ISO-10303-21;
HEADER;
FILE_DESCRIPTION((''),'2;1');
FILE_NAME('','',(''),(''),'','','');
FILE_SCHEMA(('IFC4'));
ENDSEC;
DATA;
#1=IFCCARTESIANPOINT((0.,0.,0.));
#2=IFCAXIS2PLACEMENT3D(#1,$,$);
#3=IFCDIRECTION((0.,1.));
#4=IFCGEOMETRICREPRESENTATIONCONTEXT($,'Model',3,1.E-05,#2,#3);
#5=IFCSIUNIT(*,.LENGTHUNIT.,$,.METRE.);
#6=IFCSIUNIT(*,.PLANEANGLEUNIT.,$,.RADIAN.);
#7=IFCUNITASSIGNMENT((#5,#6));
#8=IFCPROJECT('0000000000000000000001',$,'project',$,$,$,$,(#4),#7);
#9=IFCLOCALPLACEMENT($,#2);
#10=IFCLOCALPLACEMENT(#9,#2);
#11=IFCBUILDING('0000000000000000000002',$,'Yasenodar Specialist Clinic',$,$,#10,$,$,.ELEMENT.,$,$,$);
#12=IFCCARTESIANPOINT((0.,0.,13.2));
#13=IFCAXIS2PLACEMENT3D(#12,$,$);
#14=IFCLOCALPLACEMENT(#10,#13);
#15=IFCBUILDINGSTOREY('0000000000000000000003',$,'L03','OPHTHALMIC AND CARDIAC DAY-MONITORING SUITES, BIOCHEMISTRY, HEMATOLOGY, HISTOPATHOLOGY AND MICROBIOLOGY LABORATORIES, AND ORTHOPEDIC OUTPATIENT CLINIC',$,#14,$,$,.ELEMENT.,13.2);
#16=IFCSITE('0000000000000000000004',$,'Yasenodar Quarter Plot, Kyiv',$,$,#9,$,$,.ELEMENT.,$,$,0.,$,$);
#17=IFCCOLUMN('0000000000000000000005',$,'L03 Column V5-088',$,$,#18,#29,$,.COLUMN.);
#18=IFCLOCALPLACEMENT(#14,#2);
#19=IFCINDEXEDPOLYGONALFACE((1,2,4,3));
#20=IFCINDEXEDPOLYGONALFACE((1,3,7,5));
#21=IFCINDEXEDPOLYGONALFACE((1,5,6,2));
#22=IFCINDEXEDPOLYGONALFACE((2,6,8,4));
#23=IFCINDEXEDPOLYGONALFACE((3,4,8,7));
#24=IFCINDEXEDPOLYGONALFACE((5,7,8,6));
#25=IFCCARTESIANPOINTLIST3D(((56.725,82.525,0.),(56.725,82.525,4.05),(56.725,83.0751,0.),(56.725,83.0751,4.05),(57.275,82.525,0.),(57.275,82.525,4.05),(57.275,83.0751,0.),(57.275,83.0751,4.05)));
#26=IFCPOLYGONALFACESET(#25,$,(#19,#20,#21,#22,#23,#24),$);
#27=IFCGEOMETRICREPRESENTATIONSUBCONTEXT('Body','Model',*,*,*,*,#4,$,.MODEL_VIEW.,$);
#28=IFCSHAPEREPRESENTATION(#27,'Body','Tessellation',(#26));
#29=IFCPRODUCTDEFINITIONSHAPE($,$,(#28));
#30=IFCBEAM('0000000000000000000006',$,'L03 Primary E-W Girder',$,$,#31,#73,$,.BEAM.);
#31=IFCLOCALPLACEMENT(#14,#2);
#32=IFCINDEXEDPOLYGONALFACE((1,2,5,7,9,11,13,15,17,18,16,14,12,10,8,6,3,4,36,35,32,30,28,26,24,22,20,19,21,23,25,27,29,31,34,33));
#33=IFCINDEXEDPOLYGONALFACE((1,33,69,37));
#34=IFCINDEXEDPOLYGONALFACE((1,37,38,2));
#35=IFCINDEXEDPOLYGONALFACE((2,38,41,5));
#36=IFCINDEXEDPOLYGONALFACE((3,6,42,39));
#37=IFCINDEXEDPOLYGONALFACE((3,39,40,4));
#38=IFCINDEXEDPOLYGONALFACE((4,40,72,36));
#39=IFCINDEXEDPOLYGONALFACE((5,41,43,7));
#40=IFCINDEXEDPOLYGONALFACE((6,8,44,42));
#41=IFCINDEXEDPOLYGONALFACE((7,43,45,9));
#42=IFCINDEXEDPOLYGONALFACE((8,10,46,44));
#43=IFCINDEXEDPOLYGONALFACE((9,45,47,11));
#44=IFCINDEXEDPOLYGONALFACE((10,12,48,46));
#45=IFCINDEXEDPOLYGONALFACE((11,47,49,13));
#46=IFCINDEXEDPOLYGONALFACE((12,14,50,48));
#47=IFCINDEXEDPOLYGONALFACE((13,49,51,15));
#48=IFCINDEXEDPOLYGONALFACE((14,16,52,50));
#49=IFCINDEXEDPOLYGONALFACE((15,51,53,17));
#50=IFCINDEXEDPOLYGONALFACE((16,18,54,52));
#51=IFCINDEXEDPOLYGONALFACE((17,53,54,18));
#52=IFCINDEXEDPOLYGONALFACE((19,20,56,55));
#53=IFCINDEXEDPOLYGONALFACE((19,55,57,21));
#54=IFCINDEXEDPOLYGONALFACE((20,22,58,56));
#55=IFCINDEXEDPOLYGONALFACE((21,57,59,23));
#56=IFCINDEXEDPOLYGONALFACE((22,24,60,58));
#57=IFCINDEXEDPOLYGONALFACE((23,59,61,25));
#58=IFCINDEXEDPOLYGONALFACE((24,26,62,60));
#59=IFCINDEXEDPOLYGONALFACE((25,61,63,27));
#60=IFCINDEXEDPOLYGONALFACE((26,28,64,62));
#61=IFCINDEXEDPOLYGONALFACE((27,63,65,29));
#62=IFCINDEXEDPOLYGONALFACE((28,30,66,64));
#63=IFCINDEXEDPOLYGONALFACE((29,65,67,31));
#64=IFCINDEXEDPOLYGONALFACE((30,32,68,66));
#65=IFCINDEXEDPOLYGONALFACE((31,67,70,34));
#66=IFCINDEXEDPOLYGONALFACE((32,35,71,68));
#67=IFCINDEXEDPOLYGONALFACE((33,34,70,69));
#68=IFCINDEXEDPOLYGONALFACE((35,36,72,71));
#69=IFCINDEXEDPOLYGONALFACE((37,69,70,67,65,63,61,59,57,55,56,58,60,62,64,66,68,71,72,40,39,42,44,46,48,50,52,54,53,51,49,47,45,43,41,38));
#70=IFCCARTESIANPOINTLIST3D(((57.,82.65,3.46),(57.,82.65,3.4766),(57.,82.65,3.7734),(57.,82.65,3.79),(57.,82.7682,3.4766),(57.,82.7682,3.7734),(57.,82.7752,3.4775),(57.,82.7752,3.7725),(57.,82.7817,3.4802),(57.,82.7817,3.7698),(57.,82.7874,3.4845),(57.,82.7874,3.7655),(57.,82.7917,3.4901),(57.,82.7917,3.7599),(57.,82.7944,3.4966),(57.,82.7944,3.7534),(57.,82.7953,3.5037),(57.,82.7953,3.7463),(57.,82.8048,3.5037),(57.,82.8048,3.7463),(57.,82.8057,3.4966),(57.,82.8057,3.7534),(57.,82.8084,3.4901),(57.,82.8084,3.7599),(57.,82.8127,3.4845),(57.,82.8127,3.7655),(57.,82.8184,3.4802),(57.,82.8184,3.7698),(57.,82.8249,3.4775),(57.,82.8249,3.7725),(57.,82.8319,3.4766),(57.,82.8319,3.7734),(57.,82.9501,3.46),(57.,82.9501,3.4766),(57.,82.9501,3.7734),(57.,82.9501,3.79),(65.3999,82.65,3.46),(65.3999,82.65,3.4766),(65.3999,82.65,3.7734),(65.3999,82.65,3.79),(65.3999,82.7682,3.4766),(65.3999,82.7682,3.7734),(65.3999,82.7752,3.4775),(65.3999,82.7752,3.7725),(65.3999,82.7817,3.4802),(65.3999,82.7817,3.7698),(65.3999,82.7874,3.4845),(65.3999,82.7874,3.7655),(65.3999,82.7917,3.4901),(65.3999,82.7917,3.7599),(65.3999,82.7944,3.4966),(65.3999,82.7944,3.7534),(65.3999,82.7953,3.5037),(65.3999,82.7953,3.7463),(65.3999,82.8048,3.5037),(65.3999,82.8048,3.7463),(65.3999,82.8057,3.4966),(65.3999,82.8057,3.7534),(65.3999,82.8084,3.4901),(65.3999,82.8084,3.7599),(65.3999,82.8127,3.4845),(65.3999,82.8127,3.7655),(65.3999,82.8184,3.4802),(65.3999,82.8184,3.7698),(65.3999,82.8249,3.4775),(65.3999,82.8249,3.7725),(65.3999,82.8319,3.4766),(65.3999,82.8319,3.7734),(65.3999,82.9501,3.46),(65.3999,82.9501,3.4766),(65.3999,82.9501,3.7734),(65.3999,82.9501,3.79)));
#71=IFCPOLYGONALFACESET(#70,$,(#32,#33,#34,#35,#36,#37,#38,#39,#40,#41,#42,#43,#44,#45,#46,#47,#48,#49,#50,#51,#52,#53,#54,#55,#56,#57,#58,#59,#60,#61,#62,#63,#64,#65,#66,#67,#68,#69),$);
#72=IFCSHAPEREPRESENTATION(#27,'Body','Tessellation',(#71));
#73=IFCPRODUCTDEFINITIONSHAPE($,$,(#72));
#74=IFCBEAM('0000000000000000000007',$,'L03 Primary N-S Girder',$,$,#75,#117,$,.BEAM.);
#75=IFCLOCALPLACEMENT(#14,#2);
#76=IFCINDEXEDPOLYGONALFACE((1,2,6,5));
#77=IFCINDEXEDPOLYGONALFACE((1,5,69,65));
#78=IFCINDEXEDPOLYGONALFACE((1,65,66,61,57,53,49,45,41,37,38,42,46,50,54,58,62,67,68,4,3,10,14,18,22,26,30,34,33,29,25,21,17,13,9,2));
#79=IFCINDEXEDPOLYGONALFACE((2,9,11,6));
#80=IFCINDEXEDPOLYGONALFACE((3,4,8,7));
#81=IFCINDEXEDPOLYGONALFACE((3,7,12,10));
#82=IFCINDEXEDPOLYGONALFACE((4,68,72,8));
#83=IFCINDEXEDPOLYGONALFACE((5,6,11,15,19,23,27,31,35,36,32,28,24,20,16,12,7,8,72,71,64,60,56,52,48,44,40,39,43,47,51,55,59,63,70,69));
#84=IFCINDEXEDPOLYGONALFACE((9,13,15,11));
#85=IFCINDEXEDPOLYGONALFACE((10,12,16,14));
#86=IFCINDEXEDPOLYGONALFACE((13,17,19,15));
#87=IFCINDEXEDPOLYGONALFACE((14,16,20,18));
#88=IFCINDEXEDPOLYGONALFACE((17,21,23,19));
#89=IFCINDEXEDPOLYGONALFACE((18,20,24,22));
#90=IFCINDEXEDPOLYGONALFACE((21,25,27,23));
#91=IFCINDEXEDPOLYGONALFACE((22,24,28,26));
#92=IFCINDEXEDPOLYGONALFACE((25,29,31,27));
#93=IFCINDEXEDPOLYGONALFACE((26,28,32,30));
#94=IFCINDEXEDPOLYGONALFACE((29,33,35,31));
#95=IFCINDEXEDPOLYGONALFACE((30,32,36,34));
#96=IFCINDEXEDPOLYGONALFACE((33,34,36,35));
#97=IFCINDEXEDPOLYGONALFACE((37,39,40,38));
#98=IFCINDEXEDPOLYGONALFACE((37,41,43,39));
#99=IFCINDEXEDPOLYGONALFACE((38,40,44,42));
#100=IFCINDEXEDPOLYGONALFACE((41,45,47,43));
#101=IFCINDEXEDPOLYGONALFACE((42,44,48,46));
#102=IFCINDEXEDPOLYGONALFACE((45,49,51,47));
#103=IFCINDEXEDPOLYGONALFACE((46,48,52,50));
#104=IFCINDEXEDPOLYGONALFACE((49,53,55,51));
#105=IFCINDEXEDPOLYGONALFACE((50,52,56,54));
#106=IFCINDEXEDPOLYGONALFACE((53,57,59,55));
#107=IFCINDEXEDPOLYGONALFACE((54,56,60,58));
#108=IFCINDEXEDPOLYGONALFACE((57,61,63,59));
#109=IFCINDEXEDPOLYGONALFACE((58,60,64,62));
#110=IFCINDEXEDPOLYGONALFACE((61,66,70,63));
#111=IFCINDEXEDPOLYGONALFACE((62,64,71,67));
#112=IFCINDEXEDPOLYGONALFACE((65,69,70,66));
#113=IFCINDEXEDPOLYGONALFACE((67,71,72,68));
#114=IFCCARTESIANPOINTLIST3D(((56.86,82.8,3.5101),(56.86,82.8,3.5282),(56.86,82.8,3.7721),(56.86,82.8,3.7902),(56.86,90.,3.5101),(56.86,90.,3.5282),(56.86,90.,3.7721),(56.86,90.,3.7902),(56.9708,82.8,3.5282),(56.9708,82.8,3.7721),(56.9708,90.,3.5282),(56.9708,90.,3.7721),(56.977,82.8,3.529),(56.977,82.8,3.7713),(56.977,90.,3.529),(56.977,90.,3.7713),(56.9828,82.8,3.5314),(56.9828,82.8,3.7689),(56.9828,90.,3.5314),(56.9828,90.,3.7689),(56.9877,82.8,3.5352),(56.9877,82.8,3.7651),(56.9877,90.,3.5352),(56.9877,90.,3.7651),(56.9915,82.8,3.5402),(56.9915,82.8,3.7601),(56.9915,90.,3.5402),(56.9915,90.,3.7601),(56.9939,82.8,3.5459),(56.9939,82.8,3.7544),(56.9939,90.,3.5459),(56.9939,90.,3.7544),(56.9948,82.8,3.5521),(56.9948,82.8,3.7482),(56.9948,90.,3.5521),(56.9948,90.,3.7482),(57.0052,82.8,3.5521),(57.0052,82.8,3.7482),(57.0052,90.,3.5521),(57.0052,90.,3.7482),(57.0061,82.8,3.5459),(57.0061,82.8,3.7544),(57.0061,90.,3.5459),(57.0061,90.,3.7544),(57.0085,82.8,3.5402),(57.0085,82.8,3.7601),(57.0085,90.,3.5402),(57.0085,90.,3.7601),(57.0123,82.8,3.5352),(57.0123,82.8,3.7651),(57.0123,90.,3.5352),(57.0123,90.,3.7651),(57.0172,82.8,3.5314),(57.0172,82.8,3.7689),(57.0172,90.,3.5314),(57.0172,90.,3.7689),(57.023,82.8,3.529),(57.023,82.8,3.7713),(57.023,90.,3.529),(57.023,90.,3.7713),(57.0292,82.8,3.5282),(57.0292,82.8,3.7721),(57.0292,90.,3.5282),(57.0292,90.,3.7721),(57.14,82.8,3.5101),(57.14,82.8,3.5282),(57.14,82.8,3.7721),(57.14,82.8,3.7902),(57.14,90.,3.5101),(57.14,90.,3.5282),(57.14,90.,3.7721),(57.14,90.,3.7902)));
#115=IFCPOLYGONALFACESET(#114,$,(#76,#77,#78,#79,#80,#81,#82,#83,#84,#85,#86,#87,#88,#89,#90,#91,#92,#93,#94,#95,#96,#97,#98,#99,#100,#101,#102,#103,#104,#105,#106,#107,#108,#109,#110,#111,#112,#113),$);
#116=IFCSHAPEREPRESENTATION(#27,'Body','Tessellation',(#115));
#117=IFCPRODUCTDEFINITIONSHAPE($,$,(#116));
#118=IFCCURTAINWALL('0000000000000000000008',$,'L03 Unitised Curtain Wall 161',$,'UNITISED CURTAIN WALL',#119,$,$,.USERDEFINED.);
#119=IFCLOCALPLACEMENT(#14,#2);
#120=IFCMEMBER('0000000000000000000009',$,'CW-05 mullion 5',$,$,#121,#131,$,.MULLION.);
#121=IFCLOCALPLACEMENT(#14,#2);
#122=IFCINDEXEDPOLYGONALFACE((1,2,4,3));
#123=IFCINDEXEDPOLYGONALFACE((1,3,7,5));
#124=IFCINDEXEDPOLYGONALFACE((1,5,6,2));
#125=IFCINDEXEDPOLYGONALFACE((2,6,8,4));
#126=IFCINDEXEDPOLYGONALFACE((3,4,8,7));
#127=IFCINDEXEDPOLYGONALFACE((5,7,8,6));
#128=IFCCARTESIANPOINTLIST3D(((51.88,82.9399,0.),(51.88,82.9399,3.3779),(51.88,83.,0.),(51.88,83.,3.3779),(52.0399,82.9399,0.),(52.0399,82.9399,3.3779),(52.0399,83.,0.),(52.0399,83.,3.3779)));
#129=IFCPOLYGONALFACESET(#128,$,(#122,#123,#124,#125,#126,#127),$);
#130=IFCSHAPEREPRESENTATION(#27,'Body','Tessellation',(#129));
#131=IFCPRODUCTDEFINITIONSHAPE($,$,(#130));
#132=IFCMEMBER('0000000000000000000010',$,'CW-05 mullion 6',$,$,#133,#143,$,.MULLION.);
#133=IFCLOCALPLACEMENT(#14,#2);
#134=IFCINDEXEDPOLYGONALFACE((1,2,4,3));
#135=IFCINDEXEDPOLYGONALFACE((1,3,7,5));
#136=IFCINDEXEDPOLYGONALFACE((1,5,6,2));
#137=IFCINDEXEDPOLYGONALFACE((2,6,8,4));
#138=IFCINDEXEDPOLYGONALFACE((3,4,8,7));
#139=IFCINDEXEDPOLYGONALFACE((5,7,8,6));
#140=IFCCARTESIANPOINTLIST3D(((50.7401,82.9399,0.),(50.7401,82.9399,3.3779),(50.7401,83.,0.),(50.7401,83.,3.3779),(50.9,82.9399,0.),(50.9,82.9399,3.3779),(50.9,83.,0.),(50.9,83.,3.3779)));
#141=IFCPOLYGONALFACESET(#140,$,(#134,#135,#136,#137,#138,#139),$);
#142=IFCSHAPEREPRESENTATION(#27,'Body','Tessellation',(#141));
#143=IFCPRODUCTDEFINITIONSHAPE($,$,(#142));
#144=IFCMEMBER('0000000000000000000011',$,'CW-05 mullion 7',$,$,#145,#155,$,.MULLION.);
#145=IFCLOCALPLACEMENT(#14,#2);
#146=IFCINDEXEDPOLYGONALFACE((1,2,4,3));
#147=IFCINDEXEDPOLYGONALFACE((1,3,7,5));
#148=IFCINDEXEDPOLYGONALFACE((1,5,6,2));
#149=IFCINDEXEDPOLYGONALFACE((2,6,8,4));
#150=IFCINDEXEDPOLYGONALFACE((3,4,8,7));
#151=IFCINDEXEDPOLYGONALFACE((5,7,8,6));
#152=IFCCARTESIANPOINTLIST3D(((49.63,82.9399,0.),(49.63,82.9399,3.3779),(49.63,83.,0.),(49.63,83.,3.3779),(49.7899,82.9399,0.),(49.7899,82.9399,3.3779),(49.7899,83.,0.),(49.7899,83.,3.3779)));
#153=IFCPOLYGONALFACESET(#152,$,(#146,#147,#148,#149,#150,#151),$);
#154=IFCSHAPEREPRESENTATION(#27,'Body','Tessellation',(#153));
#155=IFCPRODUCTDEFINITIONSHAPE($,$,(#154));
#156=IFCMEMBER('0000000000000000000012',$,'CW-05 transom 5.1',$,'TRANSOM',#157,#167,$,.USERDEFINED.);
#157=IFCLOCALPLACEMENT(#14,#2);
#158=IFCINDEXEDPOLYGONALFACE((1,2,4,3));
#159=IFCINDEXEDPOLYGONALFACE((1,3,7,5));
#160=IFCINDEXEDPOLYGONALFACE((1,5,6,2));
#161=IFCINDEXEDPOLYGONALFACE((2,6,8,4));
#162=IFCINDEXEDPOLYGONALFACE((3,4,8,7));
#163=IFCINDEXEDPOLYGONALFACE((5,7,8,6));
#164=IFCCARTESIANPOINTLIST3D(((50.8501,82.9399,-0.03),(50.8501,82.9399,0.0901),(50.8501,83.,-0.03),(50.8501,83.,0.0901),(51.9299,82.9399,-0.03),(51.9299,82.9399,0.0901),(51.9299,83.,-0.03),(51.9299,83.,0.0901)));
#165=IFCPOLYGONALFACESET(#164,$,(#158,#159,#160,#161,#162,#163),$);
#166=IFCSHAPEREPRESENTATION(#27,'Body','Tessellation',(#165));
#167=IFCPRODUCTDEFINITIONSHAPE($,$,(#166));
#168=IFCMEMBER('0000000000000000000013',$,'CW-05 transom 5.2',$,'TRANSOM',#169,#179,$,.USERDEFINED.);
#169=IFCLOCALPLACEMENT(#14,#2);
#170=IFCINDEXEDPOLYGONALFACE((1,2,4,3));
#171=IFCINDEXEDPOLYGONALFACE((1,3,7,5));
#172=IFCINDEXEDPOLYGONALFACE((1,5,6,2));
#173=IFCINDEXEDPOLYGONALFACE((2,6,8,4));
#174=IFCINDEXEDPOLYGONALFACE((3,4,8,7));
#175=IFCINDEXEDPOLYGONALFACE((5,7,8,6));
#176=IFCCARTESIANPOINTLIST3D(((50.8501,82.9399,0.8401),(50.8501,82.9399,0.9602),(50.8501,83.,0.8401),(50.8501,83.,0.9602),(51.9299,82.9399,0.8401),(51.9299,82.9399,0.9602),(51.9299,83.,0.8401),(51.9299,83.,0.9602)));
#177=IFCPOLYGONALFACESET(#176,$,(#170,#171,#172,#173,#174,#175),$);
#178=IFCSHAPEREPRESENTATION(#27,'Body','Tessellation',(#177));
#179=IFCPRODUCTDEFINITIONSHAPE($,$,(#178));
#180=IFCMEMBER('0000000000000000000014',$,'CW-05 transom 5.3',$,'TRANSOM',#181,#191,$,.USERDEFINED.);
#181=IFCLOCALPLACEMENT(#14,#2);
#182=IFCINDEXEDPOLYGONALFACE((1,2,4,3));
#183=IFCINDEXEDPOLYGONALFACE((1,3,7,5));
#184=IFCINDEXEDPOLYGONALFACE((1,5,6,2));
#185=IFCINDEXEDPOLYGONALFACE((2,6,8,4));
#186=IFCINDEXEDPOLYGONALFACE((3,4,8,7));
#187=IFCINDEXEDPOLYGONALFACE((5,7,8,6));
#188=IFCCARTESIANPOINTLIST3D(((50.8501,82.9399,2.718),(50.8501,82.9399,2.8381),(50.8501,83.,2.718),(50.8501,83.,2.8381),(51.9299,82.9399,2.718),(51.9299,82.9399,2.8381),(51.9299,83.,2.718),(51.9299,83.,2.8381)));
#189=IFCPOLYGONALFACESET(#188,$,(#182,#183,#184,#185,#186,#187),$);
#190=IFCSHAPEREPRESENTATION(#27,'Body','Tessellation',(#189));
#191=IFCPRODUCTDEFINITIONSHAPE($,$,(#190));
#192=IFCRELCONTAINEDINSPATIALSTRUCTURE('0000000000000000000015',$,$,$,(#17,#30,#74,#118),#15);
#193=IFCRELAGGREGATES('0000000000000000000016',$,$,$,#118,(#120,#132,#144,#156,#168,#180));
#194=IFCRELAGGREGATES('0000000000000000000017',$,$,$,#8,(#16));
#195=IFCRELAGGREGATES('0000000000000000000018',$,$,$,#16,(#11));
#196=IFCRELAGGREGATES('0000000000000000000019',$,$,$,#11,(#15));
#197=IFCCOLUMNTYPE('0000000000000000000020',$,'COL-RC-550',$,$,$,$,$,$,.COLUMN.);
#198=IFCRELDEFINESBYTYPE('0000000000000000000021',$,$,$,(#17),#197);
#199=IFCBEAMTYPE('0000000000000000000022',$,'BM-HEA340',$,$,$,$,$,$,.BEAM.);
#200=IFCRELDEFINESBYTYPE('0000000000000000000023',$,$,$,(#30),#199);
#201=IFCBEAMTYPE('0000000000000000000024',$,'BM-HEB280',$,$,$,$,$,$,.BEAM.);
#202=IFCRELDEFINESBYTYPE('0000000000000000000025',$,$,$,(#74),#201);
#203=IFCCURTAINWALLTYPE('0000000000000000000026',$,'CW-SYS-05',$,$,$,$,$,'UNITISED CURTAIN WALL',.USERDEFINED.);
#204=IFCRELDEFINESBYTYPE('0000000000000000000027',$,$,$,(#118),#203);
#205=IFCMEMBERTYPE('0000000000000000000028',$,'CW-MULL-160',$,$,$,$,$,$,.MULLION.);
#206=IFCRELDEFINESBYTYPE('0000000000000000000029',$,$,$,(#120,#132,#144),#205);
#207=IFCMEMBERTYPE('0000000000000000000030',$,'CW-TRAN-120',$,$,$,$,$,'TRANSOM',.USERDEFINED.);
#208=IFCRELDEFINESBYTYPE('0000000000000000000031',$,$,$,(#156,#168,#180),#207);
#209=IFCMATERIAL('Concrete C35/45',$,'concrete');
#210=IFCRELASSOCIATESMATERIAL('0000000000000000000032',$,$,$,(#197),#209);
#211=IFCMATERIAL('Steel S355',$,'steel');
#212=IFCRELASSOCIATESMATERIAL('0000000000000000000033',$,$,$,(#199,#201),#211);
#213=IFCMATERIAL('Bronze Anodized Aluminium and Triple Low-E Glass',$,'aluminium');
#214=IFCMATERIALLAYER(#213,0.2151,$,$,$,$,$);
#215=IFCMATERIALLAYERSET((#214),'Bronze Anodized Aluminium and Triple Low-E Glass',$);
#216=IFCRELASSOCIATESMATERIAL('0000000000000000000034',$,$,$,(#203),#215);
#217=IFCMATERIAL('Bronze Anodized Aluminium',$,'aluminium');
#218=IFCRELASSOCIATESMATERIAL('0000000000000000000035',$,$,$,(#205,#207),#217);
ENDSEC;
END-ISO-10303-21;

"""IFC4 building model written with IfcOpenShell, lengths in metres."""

from ifc_helpers import new_model, si_unit, direction, frame, origin, origin_2d, place, context, subcontext, project, spatial, rectangle, i_section, extrude, material, layer, layer_set, material_profile, profile_set, type_object, element, aggregate, save


model = new_model("IFC4")

# Units and contexts
model_context = context("Model", 3, precision=1e-05, world=origin(), true_north=direction((0.0, 1.0)))
body_context = subcontext(model_context, "Body", "Model", "MODEL_VIEW")
ifc_project = project(units=[si_unit("LENGTHUNIT", "METRE"), si_unit("PLANEANGLEUNIT", "RADIAN")], contexts=[model_context])

# Site, building, storey
site_placement = place(None, origin())
site = spatial("IfcSite", under=ifc_project, at=site_placement, Name="Yasenodar Quarter Plot, Kyiv", CompositionType="ELEMENT", RefElevation=0.0)
building_placement = place(site_placement, origin())
building = spatial("IfcBuilding", under=site, at=building_placement, Name="Yasenodar Specialist Clinic", CompositionType="ELEMENT")
storey_placement = place(building_placement, frame((0.0, 0.0, 13.2)))
storey = spatial("IfcBuildingStorey", under=building, at=storey_placement, Name="L03", Description="OPHTHALMIC AND CARDIAC DAY-MONITORING SUITES, BIOCHEMISTRY, HEMATOLOGY, HISTOPATHOLOGY AND MICROBIOLOGY LABORATORIES, AND ORTHOPEDIC OUTPATIENT CLINIC", CompositionType="ELEMENT", Elevation=13.2)

# Column
ifc_material_1 = material(Name="Concrete C35/45", Category="concrete")
ifc_material_profile_1 = material_profile(ifc_material_1, rectangle(XDim=0.55, YDim=0.55, at=origin_2d()), Name="RC 550x550")
ifc_profile_set_1 = profile_set([ifc_material_profile_1], Name="Concrete C35/45")
column_type = type_object("IfcColumnType", Name="COL-RC-550", PredefinedType="COLUMN", material=ifc_profile_set_1)
column_placement = place(storey_placement, frame((57.0, 82.8, 0.0), z_axis=(0.0, 0.0, 1.0), x_axis=(1.0, 0.0, 0.0)))
element("IfcColumn", 1, at=column_placement, inside=storey, type_object=column_type, Name="L03 Column V5-088", PredefinedType="COLUMN", context=body_context, shape_type="SweptSolid", body=[
    extrude(rectangle(XDim=0.55, YDim=0.55, at=origin_2d()), origin(), (0.0, 0.0, 1.0), 4.05),
])

# Beams
ifc_material_2 = material(Name="Steel S355", Category="steel")
ifc_material_profile_2 = material_profile(ifc_material_2, i_section(OverallWidth=0.3, OverallDepth=0.3301, WebThickness=0.0095, FlangeThickness=0.0166, FilletRadius=0.0271, at=origin_2d()), Name="HEA 340")
ifc_profile_set_2 = profile_set([ifc_material_profile_2], Name="Steel S355")
beam_type_1 = type_object("IfcBeamType", Name="BM-HEA340", PredefinedType="BEAM", material=ifc_profile_set_2)
beam_1_placement = place(storey_placement, frame((57.0, 82.8, 3.625), z_axis=(1.0, 0.0, 0.0), x_axis=(0.0, 1.0, 0.0)))
element("IfcBeam", 2, at=beam_1_placement, inside=storey, type_object=beam_type_1, Name="L03 Primary E-W Girder", PredefinedType="BEAM", context=body_context, shape_type="SweptSolid", body=[
    extrude(i_section(OverallWidth=0.3, OverallDepth=0.3301, WebThickness=0.0095, FlangeThickness=0.0166, FilletRadius=0.0271, at=origin_2d()), origin(), (0.0, 0.0, 1.0), 8.3999),
])
ifc_material_profile_3 = material_profile(ifc_material_2, i_section(OverallWidth=0.28, OverallDepth=0.28, WebThickness=0.0105, FlangeThickness=0.0181, FilletRadius=0.0239, at=origin_2d()), Name="HEB 280")
ifc_profile_set_3 = profile_set([ifc_material_profile_3], Name="Steel S355")
beam_type_2 = type_object("IfcBeamType", Name="BM-HEB280", PredefinedType="BEAM", material=ifc_profile_set_3)
beam_2_placement = place(storey_placement, frame((57.0, 82.8, 3.6501), z_axis=(0.0, 1.0, 0.0), x_axis=(-1.0, 0.0, 0.0)))
element("IfcBeam", 3, at=beam_2_placement, inside=storey, type_object=beam_type_2, Name="L03 Primary N-S Girder", PredefinedType="BEAM", context=body_context, shape_type="SweptSolid", body=[
    extrude(i_section(OverallWidth=0.28, OverallDepth=0.28, WebThickness=0.0105, FlangeThickness=0.0181, FilletRadius=0.0239, at=origin_2d()), origin(), (0.0, 0.0, 1.0), 7.2),
])

# Curtain wall, members
ifc_material_3 = material(Name="Bronze Anodized Aluminium and Triple Low-E Glass", Category="aluminium")
ifc_layer_1 = layer(ifc_material_3, 0.2151)
ifc_layer_set_1 = layer_set([ifc_layer_1], Name="Bronze Anodized Aluminium and Triple Low-E Glass")
curtain_wall_type = type_object("IfcCurtainWallType", Name="CW-SYS-05", ElementType="UNITISED CURTAIN WALL", PredefinedType="USERDEFINED", material=ifc_layer_set_1)
curtain_wall_placement = place(storey_placement, origin())
curtain_wall = element("IfcCurtainWall", 4, at=curtain_wall_placement, inside=storey, type_object=curtain_wall_type, Name="L03 Unitised Curtain Wall 161", ObjectType="UNITISED CURTAIN WALL", PredefinedType="USERDEFINED")
ifc_material_4 = material(Name="Bronze Anodized Aluminium", Category="aluminium")
ifc_material_profile_4 = material_profile(ifc_material_4, rectangle(XDim=0.0601, YDim=0.1599, at=origin_2d()), Name="CW-MULL 60x160")
ifc_profile_set_4 = profile_set([ifc_material_profile_4], Name="Bronze Anodized Aluminium")
member_type_1 = type_object("IfcMemberType", Name="CW-MULL-160", PredefinedType="MULLION", material=ifc_profile_set_4)
member_1_placement = place(storey_placement, frame((51.96, 82.97, 0.0), z_axis=(0.0, 0.0, 1.0), x_axis=(0.0, -1.0, 0.0)))
member_1 = element("IfcMember", 5, at=member_1_placement, type_object=member_type_1, Name="CW-05 mullion 5", PredefinedType="MULLION", context=body_context, shape_type="SweptSolid", body=[
    extrude(rectangle(XDim=0.0601, YDim=0.1599, at=origin_2d()), origin(), (0.0, 0.0, 1.0), 3.3779),
])
member_2_placement = place(storey_placement, frame((50.8201, 82.97, 0.0), z_axis=(0.0, 0.0, 1.0), x_axis=(0.0, -1.0, 0.0)))
member_2 = element("IfcMember", 6, at=member_2_placement, type_object=member_type_1, Name="CW-05 mullion 6", PredefinedType="MULLION", context=body_context, shape_type="SweptSolid", body=[
    extrude(rectangle(XDim=0.0601, YDim=0.1599, at=origin_2d()), origin(), (0.0, 0.0, 1.0), 3.3779),
])
member_3_placement = place(storey_placement, frame((49.71, 82.97, 0.0), z_axis=(0.0, 0.0, 1.0), x_axis=(0.0, -1.0, 0.0)))
member_3 = element("IfcMember", 7, at=member_3_placement, type_object=member_type_1, Name="CW-05 mullion 7", PredefinedType="MULLION", context=body_context, shape_type="SweptSolid", body=[
    extrude(rectangle(XDim=0.0601, YDim=0.1599, at=origin_2d()), origin(), (0.0, 0.0, 1.0), 3.3779),
])
ifc_material_profile_5 = material_profile(ifc_material_4, rectangle(XDim=0.0601, YDim=0.1201, at=origin_2d()), Name="CW-TRAN 60x120")
ifc_profile_set_5 = profile_set([ifc_material_profile_5], Name="Bronze Anodized Aluminium")
member_type_2 = type_object("IfcMemberType", Name="CW-TRAN-120", ElementType="TRANSOM", PredefinedType="USERDEFINED", material=ifc_profile_set_5)
member_4_placement = place(storey_placement, frame((51.9299, 82.97, 0.03), z_axis=(-1.0, 0.0, 0.0), x_axis=(0.0, -1.0, 0.0)))
member_4 = element("IfcMember", 8, at=member_4_placement, type_object=member_type_2, Name="CW-05 transom 5.1", ObjectType="TRANSOM", PredefinedType="USERDEFINED", context=body_context, shape_type="SweptSolid", body=[
    extrude(rectangle(XDim=0.0601, YDim=0.1201, at=origin_2d()), origin(), (0.0, 0.0, 1.0), 1.0798),
])
member_5_placement = place(storey_placement, frame((51.9299, 82.97, 0.9001), z_axis=(-1.0, 0.0, 0.0), x_axis=(0.0, -1.0, 0.0)))
member_5 = element("IfcMember", 9, at=member_5_placement, type_object=member_type_2, Name="CW-05 transom 5.2", ObjectType="TRANSOM", PredefinedType="USERDEFINED", context=body_context, shape_type="SweptSolid", body=[
    extrude(rectangle(XDim=0.0601, YDim=0.1201, at=origin_2d()), origin(), (0.0, 0.0, 1.0), 1.0798),
])
member_6_placement = place(storey_placement, frame((51.9299, 82.97, 2.7781), z_axis=(-1.0, 0.0, 0.0), x_axis=(0.0, -1.0, 0.0)))
member_6 = element("IfcMember", 10, at=member_6_placement, type_object=member_type_2, Name="CW-05 transom 5.3", ObjectType="TRANSOM", PredefinedType="USERDEFINED", context=body_context, shape_type="SweptSolid", body=[
    extrude(rectangle(XDim=0.0601, YDim=0.1201, at=origin_2d()), origin(), (0.0, 0.0, 1.0), 1.0798),
])
aggregate(curtain_wall, [member_1, member_2, member_3, member_4, member_5, member_6])

save(model, "model.ifc")
